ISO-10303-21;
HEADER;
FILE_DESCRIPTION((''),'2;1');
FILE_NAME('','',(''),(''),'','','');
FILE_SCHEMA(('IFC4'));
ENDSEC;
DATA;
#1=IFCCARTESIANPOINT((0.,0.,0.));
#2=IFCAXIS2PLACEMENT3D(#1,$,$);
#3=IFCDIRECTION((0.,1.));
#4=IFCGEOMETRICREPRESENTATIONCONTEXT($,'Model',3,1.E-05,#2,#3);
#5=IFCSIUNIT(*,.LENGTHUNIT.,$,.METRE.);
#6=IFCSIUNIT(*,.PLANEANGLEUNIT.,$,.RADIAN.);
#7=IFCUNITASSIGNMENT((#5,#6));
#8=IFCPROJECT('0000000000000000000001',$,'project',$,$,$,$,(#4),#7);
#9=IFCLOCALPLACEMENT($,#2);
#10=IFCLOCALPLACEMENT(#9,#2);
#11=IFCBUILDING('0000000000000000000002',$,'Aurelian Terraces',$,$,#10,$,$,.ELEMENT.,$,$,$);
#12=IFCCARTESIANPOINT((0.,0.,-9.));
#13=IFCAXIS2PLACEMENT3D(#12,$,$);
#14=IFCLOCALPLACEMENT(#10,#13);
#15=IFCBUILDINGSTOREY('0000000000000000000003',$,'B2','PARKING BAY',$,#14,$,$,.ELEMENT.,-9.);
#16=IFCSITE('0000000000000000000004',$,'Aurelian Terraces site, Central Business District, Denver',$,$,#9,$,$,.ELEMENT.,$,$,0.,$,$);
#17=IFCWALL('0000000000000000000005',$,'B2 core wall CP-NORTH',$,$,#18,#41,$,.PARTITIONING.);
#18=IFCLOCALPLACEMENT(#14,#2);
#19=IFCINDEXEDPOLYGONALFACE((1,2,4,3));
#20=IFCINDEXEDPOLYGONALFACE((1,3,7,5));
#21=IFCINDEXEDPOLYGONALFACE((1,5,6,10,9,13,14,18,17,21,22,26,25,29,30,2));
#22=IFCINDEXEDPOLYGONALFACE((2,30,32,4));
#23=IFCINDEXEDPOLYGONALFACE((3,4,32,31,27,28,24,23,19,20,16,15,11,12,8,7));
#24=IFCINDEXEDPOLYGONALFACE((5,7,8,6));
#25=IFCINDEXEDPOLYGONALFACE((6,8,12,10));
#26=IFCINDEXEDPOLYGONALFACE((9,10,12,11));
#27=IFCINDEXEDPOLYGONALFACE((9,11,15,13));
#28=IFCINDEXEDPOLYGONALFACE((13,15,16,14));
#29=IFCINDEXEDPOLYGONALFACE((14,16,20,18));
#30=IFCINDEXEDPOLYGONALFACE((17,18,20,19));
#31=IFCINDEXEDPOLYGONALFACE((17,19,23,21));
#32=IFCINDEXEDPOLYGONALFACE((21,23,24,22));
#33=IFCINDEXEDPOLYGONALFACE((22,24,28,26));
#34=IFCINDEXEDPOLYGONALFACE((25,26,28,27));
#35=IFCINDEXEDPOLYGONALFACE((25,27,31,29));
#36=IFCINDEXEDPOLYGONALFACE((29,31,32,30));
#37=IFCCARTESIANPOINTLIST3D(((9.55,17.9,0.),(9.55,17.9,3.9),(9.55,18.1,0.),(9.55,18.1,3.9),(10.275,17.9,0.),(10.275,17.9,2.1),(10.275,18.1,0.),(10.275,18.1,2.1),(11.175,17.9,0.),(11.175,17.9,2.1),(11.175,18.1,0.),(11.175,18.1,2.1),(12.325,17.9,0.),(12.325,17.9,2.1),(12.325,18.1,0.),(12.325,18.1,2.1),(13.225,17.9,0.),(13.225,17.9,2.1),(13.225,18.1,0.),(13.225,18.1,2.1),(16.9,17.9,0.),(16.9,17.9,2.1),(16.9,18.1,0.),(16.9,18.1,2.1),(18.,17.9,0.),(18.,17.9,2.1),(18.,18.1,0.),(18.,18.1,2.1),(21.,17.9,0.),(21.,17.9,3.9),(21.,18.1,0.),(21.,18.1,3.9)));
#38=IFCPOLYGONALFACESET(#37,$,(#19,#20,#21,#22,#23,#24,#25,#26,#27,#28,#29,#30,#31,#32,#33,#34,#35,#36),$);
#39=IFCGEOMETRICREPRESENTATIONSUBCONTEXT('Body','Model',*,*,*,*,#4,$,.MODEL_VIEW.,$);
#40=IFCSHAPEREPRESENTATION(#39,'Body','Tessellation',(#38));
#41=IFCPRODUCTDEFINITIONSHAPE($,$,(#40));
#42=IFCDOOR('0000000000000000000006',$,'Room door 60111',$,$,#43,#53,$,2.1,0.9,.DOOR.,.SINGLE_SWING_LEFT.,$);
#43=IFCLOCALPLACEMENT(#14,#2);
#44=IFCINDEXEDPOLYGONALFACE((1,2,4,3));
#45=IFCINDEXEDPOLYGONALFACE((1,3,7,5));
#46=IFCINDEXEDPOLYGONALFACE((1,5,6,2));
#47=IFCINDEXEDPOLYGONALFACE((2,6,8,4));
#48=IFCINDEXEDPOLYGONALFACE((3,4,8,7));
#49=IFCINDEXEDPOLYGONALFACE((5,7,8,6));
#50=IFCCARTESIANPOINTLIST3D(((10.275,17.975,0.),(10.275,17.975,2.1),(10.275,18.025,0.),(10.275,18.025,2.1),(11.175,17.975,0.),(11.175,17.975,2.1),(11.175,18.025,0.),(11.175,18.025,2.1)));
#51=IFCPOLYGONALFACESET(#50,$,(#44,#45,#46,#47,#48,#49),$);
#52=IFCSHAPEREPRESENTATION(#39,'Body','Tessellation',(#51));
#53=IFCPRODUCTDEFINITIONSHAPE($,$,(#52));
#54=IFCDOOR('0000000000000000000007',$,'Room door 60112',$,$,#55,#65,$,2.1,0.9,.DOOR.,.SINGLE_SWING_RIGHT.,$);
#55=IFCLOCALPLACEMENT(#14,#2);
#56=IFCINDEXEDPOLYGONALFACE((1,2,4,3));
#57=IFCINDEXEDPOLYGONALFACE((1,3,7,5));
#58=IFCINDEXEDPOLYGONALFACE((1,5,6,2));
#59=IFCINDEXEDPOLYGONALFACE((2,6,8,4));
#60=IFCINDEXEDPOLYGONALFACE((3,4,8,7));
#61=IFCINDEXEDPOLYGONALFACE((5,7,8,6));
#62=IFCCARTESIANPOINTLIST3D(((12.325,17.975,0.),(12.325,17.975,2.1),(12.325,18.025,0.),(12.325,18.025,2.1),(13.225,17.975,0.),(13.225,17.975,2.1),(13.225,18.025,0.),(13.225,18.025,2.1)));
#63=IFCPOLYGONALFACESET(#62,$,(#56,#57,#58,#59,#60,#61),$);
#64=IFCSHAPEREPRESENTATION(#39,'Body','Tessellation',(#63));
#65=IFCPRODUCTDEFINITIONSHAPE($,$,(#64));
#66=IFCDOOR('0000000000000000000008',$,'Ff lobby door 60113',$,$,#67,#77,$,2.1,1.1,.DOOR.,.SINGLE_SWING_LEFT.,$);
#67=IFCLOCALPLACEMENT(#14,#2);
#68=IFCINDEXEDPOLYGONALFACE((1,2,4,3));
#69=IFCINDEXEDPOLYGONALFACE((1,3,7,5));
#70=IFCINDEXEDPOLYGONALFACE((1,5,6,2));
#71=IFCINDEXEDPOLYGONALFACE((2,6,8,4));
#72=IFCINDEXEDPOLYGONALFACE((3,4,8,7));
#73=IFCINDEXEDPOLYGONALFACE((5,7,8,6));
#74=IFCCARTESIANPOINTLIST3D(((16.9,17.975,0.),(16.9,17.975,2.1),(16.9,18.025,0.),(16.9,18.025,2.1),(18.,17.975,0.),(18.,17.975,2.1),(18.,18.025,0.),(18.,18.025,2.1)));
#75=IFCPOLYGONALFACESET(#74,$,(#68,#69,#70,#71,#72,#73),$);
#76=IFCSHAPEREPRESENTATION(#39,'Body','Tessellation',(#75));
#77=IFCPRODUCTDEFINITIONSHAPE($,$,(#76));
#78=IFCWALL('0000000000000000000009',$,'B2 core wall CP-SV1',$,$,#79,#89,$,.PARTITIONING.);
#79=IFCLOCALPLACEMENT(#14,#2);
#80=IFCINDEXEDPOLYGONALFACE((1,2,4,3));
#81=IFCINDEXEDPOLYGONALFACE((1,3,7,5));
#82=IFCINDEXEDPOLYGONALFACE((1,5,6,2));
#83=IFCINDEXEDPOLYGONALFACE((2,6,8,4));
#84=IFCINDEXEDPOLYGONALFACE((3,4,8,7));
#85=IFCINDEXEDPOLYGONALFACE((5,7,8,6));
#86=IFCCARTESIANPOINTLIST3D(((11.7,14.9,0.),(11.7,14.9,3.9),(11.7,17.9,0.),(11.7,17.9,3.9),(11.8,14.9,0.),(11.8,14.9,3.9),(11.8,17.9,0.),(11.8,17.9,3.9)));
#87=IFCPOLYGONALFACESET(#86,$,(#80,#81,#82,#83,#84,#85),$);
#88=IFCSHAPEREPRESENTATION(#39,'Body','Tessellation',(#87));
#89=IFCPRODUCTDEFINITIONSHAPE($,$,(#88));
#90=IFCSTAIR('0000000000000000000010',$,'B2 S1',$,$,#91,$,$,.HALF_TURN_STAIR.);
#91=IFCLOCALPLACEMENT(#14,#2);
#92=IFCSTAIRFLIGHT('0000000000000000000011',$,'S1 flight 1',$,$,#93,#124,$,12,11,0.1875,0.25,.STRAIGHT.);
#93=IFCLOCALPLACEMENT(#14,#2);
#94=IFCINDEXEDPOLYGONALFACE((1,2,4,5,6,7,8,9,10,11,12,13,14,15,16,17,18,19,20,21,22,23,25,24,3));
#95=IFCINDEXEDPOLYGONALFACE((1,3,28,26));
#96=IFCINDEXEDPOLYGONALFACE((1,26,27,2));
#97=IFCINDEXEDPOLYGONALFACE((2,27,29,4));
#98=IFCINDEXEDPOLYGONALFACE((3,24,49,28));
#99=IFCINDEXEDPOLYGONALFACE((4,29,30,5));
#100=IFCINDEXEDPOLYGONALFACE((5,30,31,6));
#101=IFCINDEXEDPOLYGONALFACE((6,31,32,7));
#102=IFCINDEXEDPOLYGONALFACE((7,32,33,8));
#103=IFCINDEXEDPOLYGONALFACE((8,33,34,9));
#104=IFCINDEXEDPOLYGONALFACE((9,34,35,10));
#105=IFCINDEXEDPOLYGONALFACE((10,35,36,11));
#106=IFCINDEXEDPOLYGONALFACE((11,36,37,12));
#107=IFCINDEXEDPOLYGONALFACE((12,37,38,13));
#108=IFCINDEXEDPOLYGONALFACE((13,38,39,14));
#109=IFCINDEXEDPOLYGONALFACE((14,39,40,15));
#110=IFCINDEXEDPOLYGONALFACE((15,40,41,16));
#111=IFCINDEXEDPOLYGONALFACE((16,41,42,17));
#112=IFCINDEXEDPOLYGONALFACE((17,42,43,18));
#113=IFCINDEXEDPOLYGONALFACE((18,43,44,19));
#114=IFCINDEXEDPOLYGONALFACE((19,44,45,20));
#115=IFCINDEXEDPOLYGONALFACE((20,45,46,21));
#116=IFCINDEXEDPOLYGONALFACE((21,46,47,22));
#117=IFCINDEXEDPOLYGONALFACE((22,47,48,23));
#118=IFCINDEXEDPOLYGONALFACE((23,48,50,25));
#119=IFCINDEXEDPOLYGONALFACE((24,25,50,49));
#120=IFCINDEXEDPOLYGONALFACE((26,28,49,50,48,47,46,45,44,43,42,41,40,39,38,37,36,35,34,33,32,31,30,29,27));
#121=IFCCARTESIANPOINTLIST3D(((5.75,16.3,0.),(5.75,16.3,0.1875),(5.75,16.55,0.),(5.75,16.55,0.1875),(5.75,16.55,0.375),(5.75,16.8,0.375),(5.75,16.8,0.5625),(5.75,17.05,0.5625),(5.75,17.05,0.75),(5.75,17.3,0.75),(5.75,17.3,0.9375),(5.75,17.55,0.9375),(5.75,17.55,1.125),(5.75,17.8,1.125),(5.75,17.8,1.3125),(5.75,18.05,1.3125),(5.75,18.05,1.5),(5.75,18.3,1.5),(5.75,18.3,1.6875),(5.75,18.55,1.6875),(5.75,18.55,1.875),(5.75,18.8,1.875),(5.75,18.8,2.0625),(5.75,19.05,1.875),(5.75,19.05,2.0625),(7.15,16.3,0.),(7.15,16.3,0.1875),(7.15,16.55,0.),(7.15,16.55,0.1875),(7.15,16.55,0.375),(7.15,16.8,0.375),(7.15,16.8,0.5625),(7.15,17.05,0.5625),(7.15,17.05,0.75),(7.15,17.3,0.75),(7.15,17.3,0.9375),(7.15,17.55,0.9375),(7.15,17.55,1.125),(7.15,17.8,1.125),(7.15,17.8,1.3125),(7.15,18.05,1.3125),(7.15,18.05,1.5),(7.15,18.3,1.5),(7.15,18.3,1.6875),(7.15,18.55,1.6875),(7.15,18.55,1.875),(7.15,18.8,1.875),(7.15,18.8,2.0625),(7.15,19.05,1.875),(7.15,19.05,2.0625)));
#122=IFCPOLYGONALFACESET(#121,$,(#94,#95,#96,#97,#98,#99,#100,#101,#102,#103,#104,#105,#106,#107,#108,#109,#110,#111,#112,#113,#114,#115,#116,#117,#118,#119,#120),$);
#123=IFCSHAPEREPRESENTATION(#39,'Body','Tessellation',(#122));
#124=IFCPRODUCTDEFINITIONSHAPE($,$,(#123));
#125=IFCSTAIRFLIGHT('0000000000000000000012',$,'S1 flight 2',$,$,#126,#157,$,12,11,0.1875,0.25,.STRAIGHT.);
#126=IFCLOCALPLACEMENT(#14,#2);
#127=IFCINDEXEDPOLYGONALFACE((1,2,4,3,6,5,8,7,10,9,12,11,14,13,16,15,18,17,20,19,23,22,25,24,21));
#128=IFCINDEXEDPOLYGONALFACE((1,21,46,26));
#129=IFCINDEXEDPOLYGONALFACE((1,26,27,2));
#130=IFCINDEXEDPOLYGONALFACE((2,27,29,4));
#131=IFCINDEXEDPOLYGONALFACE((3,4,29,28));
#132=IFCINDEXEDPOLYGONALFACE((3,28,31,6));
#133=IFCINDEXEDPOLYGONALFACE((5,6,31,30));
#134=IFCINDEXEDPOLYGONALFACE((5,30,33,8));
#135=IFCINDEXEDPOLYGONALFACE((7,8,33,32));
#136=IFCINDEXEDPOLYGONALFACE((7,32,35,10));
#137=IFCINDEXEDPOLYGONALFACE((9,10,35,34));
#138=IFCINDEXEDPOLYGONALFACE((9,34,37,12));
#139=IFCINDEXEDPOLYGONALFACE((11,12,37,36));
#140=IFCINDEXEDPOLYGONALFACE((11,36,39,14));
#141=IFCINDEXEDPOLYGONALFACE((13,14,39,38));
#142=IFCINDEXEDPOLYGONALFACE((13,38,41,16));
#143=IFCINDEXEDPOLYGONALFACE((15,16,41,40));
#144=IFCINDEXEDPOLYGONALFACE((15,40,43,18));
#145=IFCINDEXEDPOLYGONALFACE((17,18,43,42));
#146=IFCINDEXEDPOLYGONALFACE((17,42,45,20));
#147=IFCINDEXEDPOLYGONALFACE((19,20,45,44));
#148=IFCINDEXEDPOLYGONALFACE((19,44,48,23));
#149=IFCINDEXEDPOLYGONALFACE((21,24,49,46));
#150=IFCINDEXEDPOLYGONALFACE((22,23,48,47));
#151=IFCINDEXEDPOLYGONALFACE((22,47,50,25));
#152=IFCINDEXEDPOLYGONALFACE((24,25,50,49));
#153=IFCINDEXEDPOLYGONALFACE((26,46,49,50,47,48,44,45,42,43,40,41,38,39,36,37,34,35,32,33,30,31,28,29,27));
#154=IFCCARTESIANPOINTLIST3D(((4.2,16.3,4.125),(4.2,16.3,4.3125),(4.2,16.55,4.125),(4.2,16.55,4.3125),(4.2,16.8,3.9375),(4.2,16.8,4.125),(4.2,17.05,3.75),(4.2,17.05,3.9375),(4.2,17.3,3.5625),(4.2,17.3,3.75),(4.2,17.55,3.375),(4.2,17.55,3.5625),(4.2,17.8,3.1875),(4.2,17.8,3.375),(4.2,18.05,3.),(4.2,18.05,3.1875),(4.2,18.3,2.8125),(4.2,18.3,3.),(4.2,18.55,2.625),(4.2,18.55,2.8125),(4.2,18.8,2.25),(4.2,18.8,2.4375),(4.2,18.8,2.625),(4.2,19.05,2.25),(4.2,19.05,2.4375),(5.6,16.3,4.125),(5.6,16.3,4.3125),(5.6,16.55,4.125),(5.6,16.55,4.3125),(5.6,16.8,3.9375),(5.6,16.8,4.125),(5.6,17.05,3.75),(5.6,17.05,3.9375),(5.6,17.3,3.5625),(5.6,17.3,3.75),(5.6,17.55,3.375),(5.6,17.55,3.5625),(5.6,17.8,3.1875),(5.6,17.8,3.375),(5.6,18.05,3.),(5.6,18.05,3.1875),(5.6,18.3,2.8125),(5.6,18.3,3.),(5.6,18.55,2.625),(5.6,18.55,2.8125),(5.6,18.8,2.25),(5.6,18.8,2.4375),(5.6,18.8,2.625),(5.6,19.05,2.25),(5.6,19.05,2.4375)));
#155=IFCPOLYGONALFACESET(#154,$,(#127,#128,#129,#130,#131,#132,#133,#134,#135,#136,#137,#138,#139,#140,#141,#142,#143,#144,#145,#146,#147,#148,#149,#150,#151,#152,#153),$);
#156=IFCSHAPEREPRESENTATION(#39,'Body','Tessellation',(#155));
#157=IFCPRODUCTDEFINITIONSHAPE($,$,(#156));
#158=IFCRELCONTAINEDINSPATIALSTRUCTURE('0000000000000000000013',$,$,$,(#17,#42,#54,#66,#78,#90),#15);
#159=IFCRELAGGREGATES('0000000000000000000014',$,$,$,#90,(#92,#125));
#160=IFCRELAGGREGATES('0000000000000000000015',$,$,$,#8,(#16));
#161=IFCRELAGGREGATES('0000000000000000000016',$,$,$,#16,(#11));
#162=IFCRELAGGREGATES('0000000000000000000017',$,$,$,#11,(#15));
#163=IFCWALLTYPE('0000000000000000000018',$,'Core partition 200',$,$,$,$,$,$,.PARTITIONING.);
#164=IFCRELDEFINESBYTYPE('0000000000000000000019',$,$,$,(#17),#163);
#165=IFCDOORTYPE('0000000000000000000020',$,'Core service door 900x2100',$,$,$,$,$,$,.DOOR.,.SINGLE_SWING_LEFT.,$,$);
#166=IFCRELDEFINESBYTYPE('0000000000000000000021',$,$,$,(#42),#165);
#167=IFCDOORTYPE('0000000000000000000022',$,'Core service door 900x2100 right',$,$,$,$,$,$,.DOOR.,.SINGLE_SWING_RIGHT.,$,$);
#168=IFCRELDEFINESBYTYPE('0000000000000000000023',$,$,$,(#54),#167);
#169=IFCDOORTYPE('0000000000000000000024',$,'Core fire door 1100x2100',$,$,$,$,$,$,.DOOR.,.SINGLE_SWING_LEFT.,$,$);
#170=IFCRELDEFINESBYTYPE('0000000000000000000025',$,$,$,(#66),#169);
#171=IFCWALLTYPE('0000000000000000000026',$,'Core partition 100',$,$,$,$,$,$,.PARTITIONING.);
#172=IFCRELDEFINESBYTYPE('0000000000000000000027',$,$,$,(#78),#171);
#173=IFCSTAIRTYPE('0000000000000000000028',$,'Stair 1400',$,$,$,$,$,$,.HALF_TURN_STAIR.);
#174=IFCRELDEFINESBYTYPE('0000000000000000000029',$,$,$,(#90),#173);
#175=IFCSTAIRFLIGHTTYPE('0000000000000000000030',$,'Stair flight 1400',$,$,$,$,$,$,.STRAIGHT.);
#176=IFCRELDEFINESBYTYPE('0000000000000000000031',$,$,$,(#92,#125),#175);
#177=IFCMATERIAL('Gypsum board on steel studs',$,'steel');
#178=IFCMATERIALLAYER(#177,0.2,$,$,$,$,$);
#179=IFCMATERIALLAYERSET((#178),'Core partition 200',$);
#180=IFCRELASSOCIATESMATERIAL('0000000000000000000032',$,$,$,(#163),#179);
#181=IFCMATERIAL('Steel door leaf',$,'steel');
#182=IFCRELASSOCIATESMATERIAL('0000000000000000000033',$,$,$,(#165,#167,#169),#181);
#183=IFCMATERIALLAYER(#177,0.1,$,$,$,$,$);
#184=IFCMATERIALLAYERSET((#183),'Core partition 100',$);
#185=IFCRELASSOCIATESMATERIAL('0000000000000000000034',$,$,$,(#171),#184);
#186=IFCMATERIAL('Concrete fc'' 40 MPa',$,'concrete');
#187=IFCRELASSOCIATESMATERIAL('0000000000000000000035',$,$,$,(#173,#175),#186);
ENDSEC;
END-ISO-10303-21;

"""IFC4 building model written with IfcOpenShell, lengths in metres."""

from ifc_helpers import new_model, si_unit, direction, frame, frame_2d, origin, place, context, subcontext, project, spatial, polyline, rectangle, outline, extrude, source, transform, mapped, material, layer, layer_set, type_object, element, fill, aggregate, save


model = new_model("IFC4")

# Units and contexts
model_context = context("Model", 3, precision=1e-05, world=origin(), true_north=direction((0.0, 1.0)))
body_context = subcontext(model_context, "Body", "Model", "MODEL_VIEW")
ifc_project = project(units=[si_unit("LENGTHUNIT", "METRE"), si_unit("PLANEANGLEUNIT", "RADIAN")], contexts=[model_context])

# Site, building, storey
site_placement = place(None, origin())
site = spatial("IfcSite", under=ifc_project, at=site_placement, Name="Aurelian Terraces site, Central Business District, Denver", CompositionType="ELEMENT", RefElevation=0.0)
building_placement = place(site_placement, origin())
building = spatial("IfcBuilding", under=site, at=building_placement, Name="Aurelian Terraces", CompositionType="ELEMENT")
storey_placement = place(building_placement, frame((0.0, 0.0, -9.0)))
storey = spatial("IfcBuildingStorey", under=building, at=storey_placement, Name="B2", Description="PARKING BAY", CompositionType="ELEMENT", Elevation=-9.0)

# Shared definitions
ifc_material_1 = material(Name="Steel door leaf", Category="steel")

# Shared definitions
ifc_material_2 = material(Name="Concrete fc' 40 MPa", Category="concrete")

# Shared definitions
shared_shape_1 = source(origin(), body_context, "Body", "SweptSolid", [
    extrude(rectangle(XDim=1.1, YDim=2.1, at=frame_2d((0.55, 1.05))), frame((0.0, 0.11, 0.0), z_axis=(0.0, -1.0, 0.0), x_axis=(1.0, 0.0, 0.0)), (0.0, 0.0, 1.0), 0.22),
])
shared_shape_2 = source(origin(), body_context, "Body", "SweptSolid", [
    extrude(rectangle(XDim=1.1, YDim=2.1, at=frame_2d((0.55, 1.05))), frame((0.0, 0.025, 0.0), z_axis=(0.0, -1.0, 0.0), x_axis=(1.0, 0.0, 0.0)), (0.0, 0.0, 1.0), 0.05),
])

# Shared definitions
ifc_material_3 = material(Name="Gypsum board on steel studs", Category="steel")
ifc_layer_1 = layer(ifc_material_3, 0.2)
ifc_layer_set_1 = layer_set([ifc_layer_1], Name="Core partition 200")
wall_type_1 = type_object("IfcWallType", Name="Core partition 200", PredefinedType="PARTITIONING", material=ifc_layer_set_1)

# Wall, openings, doors
shared_shape_3 = source(origin(), body_context, "Body", "SweptSolid", [
    extrude(rectangle(XDim=11.45, YDim=0.2, at=frame_2d((5.725, 0.0))), origin(), (0.0, 0.0, 1.0), 3.9),
])
wall_1_placement = place(storey_placement, frame((9.55, 18.0, 0.0), z_axis=(0.0, 0.0, 1.0), x_axis=(1.0, 0.0, 0.0)))
wall_1 = element("IfcWall", 1, at=wall_1_placement, inside=storey, type_object=wall_type_1, Name="B2 core wall CP-NORTH", PredefinedType="PARTITIONING", context=body_context, shape_type="MappedRepresentation", body=[
    mapped(shared_shape_3, transform((0.0, 0.0, 0.0), scale=1.0)),
])
shared_shape_4 = source(origin(), body_context, "Body", "SweptSolid", [
    extrude(rectangle(XDim=0.9, YDim=2.1, at=frame_2d((0.45, 1.05))), frame((0.0, 0.11, 0.0), z_axis=(0.0, -1.0, 0.0), x_axis=(1.0, 0.0, 0.0)), (0.0, 0.0, 1.0), 0.22),
])
opening_1_placement = place(wall_1_placement, frame((0.725, 0.0, 0.0)))
opening_1 = element("IfcOpeningElement", 2, at=opening_1_placement, cuts=wall_1, PredefinedType="OPENING", context=body_context, shape_type="MappedRepresentation", body=[
    mapped(shared_shape_4, transform((0.0, 0.0, 0.0), scale=1.0)),
])
opening_2_placement = place(wall_1_placement, frame((2.775, 0.0, 0.0)))
opening_2 = element("IfcOpeningElement", 3, at=opening_2_placement, cuts=wall_1, PredefinedType="OPENING", context=body_context, shape_type="MappedRepresentation", body=[
    mapped(shared_shape_4, transform((0.0, 0.0, 0.0), scale=1.0)),
])
opening_3_placement = place(wall_1_placement, frame((7.35, 0.0, 0.0)))
opening_3 = element("IfcOpeningElement", 4, at=opening_3_placement, cuts=wall_1, PredefinedType="OPENING", context=body_context, shape_type="MappedRepresentation", body=[
    mapped(shared_shape_1, transform((0.0, 0.0, 0.0), scale=1.0)),
])
door_type_1 = type_object("IfcDoorType", Name="Core service door 900x2100", OperationType="SINGLE_SWING_LEFT", PredefinedType="DOOR", material=ifc_material_1)
shared_shape_5 = source(origin(), body_context, "Body", "SweptSolid", [
    extrude(rectangle(XDim=0.9, YDim=2.1, at=frame_2d((0.45, 1.05))), frame((0.0, 0.025, 0.0), z_axis=(0.0, -1.0, 0.0), x_axis=(1.0, 0.0, 0.0)), (0.0, 0.0, 1.0), 0.05),
])
door_1_placement = place(opening_1_placement, origin())
door_1 = element("IfcDoor", 5, at=door_1_placement, inside=storey, type_object=door_type_1, Name="Room door 60111", OperationType="SINGLE_SWING_LEFT", OverallHeight=2.1, OverallWidth=0.9, PredefinedType="DOOR", context=body_context, shape_type="MappedRepresentation", body=[
    mapped(shared_shape_5, transform((0.0, 0.0, 0.0), scale=1.0)),
])
fill(opening_1, door_1)
door_type_2 = type_object("IfcDoorType", Name="Core service door 900x2100 right", OperationType="SINGLE_SWING_RIGHT", PredefinedType="DOOR", material=ifc_material_1)
door_2_placement = place(opening_2_placement, origin())
door_2 = element("IfcDoor", 6, at=door_2_placement, inside=storey, type_object=door_type_2, Name="Room door 60112", OperationType="SINGLE_SWING_RIGHT", OverallHeight=2.1, OverallWidth=0.9, PredefinedType="DOOR", context=body_context, shape_type="MappedRepresentation", body=[
    mapped(shared_shape_5, transform((0.0, 0.0, 0.0), scale=1.0)),
])
fill(opening_2, door_2)
door_type_3 = type_object("IfcDoorType", Name="Core fire door 1100x2100", OperationType="SINGLE_SWING_LEFT", PredefinedType="DOOR", material=ifc_material_1)
door_3_placement = place(opening_3_placement, origin())
door_3 = element("IfcDoor", 7, at=door_3_placement, inside=storey, type_object=door_type_3, Name="Ff lobby door 60113", OperationType="SINGLE_SWING_LEFT", OverallHeight=2.1, OverallWidth=1.1, PredefinedType="DOOR", context=body_context, shape_type="MappedRepresentation", body=[
    mapped(shared_shape_2, transform((0.0, 0.0, 0.0), scale=1.0)),
])
fill(opening_3, door_3)

# Wall
ifc_layer_2 = layer(ifc_material_3, 0.1)
ifc_layer_set_2 = layer_set([ifc_layer_2], Name="Core partition 100")
wall_type_2 = type_object("IfcWallType", Name="Core partition 100", PredefinedType="PARTITIONING", material=ifc_layer_set_2)
shared_shape_6 = source(origin(), body_context, "Body", "SweptSolid", [
    extrude(rectangle(XDim=3.0, YDim=0.1, at=frame_2d((1.5, 0.0))), origin(), (0.0, 0.0, 1.0), 3.9),
])
wall_2_placement = place(storey_placement, frame((11.75, 14.9, 0.0), z_axis=(0.0, 0.0, 1.0), x_axis=(0.0, 1.0, 0.0)))
element("IfcWall", 8, at=wall_2_placement, inside=storey, type_object=wall_type_2, Name="B2 core wall CP-SV1", PredefinedType="PARTITIONING", context=body_context, shape_type="MappedRepresentation", body=[
    mapped(shared_shape_6, transform((0.0, 0.0, 0.0), scale=1.0)),
])

# Stair, stair flights
stair_type = type_object("IfcStairType", Name="Stair 1400", PredefinedType="HALF_TURN_STAIR", material=ifc_material_2)
stair_placement = place(storey_placement, origin())
stair = element("IfcStair", 9, at=stair_placement, inside=storey, type_object=stair_type, Name="B2 S1", PredefinedType="HALF_TURN_STAIR")
stair_flight_type = type_object("IfcStairFlightType", Name="Stair flight 1400", PredefinedType="STRAIGHT", material=ifc_material_2)
shared_shape_7 = source(origin(), body_context, "Body", "SweptSolid", [
    extrude(outline(polyline([(0.0, 0.0), (0.0, 0.1875), (0.25, 0.1875), (0.25, 0.375), (0.5, 0.375), (0.5, 0.5625), (0.75, 0.5625), (0.75, 0.75), (1.0, 0.75), (1.0, 0.9375), (1.25, 0.9375), (1.25, 1.125), (1.5, 1.125), (1.5, 1.3125), (1.75, 1.3125), (1.75, 1.5), (2.0, 1.5), (2.0, 1.6875), (2.25, 1.6875), (2.25, 1.875), (2.5, 1.875), (2.5, 2.0625), (2.75, 2.0625), (2.75, 2.25), (2.75, 1.875), (0.25, 0.0), (0.0, 0.0)])), frame((0.0, 0.7, 0.0), z_axis=(0.0, -1.0, 0.0), x_axis=(1.0, 0.0, 0.0)), (0.0, 0.0, 1.0), 1.4),
])
stair_flight_1_placement = place(storey_placement, frame((6.45, 16.3, 0.0), z_axis=(0.0, 0.0, 1.0), x_axis=(0.0, 1.0, 0.0)))
stair_flight_1 = element("IfcStairFlight", 10, at=stair_flight_1_placement, type_object=stair_flight_type, Name="S1 flight 1", NumberOfRisers=12, NumberOfTreads=11, PredefinedType="STRAIGHT", RiserHeight=0.1875, TreadLength=0.25, context=body_context, shape_type="MappedRepresentation", body=[
    mapped(shared_shape_7, transform((0.0, 0.0, 0.0), scale=1.0)),
])
stair_flight_2_placement = place(storey_placement, frame((4.9, 19.05, 2.25), z_axis=(0.0, 0.0, 1.0), x_axis=(0.0, -1.0, 0.0)))
stair_flight_2 = element("IfcStairFlight", 11, at=stair_flight_2_placement, type_object=stair_flight_type, Name="S1 flight 2", NumberOfRisers=12, NumberOfTreads=11, PredefinedType="STRAIGHT", RiserHeight=0.1875, TreadLength=0.25, context=body_context, shape_type="MappedRepresentation", body=[
    mapped(shared_shape_7, transform((0.0, 0.0, 0.0), scale=1.0)),
])
aggregate(stair, [stair_flight_1, stair_flight_2])

save(model, "model.ifc")
